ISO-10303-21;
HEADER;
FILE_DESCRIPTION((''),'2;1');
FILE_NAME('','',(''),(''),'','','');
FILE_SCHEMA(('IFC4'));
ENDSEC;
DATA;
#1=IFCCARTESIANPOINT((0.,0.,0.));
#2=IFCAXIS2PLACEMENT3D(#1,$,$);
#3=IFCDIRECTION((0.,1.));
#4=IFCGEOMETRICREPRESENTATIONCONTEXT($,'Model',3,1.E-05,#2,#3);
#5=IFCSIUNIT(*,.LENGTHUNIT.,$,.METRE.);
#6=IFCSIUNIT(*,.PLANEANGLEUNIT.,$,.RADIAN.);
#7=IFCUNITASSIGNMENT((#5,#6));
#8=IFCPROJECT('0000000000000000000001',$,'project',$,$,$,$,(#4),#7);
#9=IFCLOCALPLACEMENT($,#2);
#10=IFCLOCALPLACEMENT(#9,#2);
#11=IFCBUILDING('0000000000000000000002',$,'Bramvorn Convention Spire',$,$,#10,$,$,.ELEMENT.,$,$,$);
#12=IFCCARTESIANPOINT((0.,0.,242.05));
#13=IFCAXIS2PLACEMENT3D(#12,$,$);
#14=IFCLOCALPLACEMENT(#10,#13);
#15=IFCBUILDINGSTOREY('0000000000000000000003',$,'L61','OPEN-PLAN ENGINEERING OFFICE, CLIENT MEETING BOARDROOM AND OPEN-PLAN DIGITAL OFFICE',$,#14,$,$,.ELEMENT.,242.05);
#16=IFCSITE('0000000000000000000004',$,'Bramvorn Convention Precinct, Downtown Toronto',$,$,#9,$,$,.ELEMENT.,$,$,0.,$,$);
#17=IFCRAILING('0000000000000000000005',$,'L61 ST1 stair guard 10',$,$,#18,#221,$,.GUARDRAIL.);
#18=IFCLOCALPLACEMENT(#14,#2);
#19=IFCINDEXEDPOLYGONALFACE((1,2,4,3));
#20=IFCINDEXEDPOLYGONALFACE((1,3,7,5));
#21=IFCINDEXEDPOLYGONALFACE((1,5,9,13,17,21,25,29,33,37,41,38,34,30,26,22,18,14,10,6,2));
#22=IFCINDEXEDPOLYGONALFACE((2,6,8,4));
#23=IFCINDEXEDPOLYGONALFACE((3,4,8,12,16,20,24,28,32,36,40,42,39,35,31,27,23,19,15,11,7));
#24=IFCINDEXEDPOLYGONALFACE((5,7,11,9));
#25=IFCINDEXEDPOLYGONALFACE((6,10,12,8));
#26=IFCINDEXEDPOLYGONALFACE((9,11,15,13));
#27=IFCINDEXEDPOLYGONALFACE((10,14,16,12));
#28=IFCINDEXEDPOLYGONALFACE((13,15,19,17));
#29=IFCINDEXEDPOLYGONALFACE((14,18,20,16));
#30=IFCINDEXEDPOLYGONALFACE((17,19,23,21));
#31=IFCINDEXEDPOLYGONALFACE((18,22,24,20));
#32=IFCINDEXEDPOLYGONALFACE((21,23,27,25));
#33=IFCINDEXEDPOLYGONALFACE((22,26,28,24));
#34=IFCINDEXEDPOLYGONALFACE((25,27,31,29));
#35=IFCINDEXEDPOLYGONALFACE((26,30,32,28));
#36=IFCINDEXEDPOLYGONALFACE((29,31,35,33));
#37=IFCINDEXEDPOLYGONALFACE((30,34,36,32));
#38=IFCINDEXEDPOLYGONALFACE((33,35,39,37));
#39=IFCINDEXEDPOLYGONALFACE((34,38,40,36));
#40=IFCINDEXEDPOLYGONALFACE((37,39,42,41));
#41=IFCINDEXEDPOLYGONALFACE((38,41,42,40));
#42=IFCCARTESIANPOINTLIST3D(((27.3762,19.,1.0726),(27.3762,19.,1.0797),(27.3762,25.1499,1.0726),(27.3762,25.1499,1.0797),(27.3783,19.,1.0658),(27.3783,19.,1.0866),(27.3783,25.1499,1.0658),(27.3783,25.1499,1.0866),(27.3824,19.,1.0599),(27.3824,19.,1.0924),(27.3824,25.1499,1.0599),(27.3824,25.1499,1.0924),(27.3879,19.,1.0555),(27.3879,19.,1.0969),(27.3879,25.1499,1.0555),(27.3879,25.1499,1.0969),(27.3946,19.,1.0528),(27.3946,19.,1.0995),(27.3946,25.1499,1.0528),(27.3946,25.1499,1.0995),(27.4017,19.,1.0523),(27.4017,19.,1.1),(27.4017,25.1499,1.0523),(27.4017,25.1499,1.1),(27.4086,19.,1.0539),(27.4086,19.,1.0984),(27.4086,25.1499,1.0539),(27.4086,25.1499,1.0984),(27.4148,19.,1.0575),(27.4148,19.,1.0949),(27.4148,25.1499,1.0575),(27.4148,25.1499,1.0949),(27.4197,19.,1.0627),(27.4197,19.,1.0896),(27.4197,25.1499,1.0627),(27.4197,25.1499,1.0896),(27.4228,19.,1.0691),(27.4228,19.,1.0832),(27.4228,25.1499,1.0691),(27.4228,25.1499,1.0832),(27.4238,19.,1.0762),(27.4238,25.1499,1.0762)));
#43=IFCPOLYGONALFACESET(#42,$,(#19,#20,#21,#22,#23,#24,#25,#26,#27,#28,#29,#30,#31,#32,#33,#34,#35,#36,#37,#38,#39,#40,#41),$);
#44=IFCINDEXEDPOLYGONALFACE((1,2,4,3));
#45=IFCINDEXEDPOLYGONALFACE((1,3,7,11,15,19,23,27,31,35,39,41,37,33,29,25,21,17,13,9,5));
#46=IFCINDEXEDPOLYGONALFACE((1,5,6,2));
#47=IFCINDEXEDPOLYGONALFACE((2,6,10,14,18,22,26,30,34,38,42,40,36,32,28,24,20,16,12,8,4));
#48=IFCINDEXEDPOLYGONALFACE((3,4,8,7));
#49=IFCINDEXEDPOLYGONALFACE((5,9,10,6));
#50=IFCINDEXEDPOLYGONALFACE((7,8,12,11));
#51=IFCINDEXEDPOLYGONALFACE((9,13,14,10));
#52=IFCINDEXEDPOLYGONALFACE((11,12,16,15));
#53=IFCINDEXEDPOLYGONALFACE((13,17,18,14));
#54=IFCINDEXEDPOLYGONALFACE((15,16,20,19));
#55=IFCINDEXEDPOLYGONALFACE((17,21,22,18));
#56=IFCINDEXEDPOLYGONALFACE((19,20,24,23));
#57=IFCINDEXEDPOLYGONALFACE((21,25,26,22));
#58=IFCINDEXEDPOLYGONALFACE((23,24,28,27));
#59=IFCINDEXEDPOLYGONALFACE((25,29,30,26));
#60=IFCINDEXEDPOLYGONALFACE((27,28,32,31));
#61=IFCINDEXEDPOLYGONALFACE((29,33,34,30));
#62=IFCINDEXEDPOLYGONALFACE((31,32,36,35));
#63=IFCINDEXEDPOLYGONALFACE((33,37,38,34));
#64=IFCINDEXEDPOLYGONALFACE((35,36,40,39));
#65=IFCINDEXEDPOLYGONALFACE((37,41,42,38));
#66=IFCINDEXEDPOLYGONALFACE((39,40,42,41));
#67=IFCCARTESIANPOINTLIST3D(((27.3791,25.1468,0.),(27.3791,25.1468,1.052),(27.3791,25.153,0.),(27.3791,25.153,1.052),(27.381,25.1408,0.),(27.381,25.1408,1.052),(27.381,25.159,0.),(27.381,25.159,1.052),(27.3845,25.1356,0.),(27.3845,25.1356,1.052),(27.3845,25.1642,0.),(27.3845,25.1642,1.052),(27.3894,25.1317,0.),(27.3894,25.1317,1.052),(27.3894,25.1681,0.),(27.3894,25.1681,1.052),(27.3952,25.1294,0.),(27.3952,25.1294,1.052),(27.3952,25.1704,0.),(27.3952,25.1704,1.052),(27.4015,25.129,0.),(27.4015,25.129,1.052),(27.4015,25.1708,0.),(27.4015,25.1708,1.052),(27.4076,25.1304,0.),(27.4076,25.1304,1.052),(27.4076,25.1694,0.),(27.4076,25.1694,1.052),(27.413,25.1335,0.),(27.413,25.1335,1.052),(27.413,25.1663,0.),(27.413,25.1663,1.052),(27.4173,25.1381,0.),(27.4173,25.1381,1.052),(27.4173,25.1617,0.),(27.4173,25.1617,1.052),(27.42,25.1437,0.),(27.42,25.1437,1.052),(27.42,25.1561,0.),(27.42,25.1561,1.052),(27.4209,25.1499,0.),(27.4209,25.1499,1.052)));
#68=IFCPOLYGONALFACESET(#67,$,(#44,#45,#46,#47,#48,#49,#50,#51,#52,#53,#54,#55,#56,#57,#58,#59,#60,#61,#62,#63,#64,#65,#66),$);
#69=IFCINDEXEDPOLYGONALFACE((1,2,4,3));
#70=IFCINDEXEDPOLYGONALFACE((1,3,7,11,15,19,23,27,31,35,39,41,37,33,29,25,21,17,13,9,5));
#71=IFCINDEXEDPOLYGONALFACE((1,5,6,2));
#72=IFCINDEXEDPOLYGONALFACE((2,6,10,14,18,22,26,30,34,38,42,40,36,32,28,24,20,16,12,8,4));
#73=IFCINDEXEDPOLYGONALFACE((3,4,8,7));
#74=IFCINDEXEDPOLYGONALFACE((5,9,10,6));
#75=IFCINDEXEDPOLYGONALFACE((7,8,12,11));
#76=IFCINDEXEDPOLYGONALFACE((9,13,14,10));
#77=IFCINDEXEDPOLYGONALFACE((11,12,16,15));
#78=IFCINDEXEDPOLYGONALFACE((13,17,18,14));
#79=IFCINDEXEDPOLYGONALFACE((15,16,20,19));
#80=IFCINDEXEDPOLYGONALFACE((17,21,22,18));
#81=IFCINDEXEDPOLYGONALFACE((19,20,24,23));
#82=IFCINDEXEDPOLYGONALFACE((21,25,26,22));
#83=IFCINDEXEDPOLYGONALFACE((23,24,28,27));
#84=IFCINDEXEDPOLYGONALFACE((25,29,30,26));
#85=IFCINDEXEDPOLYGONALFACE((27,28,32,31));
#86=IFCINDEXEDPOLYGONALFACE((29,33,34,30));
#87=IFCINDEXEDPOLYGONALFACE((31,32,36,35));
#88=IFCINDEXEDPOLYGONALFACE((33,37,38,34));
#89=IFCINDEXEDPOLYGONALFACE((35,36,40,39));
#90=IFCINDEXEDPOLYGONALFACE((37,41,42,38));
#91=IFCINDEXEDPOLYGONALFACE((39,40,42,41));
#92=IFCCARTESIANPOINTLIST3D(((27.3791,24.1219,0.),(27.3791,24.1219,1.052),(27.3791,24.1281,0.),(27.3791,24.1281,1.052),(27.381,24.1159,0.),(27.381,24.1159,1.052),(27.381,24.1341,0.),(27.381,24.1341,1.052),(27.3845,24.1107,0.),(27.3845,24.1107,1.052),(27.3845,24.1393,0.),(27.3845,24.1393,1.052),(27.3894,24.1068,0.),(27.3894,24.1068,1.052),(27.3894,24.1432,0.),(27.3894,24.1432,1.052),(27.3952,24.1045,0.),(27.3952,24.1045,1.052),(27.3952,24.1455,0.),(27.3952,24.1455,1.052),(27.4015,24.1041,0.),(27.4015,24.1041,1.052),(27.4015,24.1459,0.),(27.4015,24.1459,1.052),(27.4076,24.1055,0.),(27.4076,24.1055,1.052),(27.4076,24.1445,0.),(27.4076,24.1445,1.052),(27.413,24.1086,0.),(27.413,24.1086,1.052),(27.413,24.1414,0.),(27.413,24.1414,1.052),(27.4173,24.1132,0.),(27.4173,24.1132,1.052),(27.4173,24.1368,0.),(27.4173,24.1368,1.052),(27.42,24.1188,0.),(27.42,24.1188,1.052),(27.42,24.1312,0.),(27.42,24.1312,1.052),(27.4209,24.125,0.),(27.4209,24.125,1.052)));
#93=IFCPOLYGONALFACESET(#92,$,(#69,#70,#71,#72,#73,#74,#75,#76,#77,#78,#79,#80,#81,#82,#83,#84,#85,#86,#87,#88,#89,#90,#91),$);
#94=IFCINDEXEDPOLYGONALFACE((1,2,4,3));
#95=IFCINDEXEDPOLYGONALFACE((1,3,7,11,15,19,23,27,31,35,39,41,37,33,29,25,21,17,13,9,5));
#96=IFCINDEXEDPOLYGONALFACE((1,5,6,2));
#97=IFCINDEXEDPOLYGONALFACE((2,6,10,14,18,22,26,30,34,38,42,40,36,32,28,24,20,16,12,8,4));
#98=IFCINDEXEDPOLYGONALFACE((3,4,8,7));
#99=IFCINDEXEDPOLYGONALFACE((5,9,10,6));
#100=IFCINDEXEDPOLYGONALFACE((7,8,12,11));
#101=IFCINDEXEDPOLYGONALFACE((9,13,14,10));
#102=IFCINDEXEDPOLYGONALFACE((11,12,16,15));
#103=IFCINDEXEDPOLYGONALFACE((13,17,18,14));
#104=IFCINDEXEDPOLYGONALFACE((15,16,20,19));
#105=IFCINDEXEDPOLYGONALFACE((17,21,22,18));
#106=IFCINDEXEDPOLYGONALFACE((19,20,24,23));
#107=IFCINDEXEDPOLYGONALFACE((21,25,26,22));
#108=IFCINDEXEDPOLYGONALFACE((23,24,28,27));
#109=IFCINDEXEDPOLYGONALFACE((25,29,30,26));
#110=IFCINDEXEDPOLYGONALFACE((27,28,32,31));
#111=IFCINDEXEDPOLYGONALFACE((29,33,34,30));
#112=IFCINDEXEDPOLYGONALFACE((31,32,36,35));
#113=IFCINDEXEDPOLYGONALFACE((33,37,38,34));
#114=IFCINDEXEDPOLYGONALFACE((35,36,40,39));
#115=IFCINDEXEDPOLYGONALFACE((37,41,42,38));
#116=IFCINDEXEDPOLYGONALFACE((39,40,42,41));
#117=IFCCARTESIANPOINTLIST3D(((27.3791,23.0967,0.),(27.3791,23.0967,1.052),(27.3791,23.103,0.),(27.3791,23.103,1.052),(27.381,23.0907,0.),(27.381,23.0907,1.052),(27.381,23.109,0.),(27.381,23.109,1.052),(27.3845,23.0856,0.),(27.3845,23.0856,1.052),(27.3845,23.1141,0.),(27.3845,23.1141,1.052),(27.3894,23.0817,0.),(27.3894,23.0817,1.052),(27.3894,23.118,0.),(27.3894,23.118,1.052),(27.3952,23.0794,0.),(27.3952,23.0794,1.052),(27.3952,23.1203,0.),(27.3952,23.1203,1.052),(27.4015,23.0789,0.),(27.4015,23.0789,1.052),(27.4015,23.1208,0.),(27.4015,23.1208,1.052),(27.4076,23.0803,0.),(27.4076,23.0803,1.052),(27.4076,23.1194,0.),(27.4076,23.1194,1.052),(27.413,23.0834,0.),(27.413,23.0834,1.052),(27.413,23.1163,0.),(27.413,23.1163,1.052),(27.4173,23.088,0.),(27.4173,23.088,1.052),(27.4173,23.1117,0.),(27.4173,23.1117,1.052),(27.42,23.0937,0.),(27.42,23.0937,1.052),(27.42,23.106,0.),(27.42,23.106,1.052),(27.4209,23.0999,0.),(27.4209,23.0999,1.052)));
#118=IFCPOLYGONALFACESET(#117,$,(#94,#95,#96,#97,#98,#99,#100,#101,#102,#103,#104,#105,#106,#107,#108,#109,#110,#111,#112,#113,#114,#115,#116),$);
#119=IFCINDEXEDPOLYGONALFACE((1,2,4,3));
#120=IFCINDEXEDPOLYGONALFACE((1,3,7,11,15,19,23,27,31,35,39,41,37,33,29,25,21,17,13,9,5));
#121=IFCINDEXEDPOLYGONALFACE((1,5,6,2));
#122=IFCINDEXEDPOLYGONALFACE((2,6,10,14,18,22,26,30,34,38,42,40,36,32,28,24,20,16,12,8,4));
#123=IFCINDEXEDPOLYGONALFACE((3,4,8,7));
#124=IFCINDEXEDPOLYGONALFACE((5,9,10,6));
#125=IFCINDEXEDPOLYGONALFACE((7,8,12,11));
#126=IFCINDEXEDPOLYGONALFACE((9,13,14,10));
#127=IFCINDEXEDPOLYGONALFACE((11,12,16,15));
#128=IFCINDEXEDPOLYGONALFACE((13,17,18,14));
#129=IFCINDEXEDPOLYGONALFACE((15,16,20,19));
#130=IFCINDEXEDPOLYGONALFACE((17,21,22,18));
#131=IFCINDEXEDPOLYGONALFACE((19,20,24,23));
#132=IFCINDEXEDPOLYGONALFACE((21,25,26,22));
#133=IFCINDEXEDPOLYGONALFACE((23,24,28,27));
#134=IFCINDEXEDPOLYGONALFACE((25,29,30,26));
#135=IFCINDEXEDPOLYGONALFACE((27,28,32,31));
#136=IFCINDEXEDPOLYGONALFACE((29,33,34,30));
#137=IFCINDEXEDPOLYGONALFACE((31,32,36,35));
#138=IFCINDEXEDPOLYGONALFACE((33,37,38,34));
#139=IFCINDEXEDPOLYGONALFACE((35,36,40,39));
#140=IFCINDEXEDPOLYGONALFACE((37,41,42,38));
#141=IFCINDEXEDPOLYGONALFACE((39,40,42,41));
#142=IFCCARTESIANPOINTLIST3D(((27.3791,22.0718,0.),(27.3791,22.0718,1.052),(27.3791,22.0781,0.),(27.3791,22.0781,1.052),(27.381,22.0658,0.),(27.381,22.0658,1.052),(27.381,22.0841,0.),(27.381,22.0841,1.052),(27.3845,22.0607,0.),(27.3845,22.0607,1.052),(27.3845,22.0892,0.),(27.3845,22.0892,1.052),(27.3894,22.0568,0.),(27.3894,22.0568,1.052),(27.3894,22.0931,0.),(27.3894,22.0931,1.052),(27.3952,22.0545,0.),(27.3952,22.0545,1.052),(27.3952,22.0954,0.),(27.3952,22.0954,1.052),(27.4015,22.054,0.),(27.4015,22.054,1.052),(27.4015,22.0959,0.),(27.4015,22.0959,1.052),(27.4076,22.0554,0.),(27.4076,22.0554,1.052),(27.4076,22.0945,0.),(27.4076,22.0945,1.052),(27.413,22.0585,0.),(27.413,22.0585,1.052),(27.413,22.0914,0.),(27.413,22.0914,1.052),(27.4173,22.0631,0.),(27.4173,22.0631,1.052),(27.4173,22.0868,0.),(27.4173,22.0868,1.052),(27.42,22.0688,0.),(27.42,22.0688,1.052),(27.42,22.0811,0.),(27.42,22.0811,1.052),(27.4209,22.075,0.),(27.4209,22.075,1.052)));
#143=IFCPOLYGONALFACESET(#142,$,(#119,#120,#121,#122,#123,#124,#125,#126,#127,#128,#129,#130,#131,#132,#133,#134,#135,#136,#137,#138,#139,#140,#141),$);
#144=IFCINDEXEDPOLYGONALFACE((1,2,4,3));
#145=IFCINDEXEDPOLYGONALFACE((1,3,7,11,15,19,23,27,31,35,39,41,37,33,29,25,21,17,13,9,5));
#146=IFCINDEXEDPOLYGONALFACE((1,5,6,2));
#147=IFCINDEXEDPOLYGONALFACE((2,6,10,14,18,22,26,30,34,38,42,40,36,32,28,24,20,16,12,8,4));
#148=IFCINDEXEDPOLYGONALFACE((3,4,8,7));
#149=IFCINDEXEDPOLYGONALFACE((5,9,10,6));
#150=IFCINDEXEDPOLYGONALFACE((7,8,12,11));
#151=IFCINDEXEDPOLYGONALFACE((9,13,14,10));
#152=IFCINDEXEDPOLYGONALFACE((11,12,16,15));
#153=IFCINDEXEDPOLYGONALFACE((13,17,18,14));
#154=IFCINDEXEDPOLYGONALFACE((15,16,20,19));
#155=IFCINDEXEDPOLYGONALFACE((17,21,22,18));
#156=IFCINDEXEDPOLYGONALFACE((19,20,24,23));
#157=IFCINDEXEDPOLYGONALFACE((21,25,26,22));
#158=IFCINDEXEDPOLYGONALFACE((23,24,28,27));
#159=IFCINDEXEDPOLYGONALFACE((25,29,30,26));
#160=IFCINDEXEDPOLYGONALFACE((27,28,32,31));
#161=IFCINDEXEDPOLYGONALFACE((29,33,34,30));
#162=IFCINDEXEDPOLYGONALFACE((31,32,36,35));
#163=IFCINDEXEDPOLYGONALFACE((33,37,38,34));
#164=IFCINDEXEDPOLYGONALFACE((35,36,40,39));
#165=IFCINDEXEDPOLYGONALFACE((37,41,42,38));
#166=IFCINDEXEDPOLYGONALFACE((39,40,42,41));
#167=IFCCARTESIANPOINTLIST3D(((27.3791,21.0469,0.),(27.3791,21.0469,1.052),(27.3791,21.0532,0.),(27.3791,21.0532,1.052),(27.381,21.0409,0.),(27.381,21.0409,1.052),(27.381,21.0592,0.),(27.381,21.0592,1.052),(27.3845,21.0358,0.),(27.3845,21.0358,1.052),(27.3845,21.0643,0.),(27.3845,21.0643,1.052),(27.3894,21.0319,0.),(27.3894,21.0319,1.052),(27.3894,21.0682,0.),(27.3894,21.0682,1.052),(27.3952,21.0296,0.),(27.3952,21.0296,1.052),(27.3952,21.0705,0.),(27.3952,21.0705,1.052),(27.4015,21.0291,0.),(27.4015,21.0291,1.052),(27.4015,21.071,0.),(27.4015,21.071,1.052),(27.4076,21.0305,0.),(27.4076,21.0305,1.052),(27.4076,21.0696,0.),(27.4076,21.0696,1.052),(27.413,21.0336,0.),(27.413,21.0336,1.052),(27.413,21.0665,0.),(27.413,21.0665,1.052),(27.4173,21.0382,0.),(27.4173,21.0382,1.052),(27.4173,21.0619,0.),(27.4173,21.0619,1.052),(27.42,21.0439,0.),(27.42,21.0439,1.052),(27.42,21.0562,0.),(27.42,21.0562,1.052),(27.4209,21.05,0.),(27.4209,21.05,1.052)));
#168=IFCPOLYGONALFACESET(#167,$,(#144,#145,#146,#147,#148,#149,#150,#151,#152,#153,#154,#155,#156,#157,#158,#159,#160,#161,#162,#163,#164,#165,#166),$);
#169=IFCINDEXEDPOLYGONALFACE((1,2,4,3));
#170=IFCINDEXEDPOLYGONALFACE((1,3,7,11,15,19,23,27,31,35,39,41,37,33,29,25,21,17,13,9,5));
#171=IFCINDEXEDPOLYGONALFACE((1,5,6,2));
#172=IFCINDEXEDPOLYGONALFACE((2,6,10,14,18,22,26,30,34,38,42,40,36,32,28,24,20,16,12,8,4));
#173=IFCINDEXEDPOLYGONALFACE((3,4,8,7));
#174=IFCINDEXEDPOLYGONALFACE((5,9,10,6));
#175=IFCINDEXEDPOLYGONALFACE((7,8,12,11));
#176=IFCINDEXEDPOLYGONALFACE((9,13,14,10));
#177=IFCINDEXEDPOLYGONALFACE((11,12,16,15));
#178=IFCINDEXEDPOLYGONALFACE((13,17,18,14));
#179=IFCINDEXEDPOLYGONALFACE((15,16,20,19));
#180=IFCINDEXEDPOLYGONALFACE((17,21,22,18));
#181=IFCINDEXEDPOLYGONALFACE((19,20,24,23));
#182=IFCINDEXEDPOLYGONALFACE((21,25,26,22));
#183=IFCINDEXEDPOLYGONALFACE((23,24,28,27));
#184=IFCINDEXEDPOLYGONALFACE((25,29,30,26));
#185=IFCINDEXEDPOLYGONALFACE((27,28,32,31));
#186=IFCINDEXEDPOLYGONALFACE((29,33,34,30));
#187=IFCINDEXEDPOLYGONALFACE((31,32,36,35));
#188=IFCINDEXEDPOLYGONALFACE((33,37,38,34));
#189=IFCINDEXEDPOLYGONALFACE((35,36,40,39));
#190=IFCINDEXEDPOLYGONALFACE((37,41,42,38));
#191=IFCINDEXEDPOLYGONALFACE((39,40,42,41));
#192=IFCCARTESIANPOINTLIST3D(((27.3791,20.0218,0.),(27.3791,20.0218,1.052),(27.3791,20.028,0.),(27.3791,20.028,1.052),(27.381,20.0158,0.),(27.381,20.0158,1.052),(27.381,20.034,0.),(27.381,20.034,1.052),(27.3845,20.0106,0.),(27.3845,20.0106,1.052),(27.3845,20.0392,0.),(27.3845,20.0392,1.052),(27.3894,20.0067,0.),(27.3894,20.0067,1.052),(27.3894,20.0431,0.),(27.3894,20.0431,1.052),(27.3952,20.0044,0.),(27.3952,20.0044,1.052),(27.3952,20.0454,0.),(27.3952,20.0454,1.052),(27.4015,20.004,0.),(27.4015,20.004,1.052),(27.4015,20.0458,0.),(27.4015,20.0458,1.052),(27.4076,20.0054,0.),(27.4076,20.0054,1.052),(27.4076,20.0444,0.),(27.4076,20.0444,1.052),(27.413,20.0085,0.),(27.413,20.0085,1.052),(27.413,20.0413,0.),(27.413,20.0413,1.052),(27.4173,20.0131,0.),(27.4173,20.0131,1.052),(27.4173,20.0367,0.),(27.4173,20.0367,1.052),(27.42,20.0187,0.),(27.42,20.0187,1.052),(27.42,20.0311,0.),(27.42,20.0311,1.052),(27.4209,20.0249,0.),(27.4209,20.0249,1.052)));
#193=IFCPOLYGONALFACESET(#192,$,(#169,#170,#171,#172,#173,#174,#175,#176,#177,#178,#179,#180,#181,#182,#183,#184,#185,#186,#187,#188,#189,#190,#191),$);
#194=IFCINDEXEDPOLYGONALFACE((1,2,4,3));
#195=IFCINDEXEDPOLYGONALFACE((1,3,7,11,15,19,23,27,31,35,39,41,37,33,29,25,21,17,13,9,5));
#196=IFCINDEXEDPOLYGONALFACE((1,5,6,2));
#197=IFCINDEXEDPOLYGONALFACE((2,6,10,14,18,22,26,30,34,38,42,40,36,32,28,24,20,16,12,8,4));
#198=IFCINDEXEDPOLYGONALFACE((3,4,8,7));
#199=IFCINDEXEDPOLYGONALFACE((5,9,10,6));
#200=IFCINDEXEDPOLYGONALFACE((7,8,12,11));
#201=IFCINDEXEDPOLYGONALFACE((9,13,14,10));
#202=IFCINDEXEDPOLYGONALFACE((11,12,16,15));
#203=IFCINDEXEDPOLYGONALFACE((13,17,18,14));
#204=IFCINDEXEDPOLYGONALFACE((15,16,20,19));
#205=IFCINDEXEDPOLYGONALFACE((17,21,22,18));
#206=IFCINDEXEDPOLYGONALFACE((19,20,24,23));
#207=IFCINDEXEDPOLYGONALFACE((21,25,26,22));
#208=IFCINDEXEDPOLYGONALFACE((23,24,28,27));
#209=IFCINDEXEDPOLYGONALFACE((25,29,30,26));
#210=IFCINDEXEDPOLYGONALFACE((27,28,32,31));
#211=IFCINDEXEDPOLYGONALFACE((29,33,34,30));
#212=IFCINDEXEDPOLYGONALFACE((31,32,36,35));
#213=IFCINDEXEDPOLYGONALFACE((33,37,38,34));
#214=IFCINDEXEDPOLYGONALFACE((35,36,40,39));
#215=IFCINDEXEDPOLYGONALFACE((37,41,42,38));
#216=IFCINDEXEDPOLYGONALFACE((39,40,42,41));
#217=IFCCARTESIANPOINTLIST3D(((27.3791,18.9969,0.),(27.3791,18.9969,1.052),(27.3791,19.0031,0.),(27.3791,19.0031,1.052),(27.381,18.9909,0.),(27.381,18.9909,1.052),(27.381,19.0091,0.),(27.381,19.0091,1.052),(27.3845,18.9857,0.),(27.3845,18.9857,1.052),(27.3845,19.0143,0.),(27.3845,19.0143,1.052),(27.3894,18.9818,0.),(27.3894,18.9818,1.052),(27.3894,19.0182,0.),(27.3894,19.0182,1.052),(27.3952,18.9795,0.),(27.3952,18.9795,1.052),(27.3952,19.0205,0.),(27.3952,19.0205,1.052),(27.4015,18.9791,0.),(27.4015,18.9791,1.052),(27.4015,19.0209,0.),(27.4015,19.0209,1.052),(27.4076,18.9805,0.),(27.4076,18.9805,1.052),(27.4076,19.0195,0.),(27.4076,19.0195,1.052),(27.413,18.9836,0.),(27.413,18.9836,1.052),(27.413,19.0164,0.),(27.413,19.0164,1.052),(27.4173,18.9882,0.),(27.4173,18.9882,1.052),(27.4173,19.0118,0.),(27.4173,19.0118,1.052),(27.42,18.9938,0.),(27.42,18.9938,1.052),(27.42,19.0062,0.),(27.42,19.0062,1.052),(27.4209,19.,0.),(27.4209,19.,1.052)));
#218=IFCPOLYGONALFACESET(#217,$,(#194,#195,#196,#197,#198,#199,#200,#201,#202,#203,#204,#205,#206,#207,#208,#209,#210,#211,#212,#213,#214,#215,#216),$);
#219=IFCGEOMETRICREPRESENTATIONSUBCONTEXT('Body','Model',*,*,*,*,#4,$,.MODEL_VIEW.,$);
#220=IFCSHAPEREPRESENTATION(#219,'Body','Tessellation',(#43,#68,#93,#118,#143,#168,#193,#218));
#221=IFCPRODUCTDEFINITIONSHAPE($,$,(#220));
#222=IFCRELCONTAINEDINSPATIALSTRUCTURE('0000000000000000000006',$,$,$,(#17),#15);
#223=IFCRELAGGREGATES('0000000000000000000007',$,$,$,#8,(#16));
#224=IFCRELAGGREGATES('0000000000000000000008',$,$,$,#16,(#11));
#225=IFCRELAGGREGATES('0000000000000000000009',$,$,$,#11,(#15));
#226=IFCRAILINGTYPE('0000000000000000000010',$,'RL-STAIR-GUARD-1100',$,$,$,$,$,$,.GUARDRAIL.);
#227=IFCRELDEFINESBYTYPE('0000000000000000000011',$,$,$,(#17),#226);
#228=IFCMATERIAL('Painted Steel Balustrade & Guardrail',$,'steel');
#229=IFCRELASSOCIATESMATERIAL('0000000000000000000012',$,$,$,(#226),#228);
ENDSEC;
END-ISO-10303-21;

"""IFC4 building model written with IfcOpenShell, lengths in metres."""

from ifc_helpers import new_model, si_unit, direction, frame, origin, origin_2d, place, context, subcontext, project, spatial, circle, extrude, material, type_object, element, save


model = new_model("IFC4")

# Units and contexts
model_context = context("Model", 3, precision=1e-05, world=origin(), true_north=direction((0.0, 1.0)))
body_context = subcontext(model_context, "Body", "Model", "MODEL_VIEW")
ifc_project = project(units=[si_unit("LENGTHUNIT", "METRE"), si_unit("PLANEANGLEUNIT", "RADIAN")], contexts=[model_context])

# Site, building, storey
site_placement = place(None, origin())
site = spatial("IfcSite", under=ifc_project, at=site_placement, Name="Bramvorn Convention Precinct, Downtown Toronto", CompositionType="ELEMENT", RefElevation=0.0)
building_placement = place(site_placement, origin())
building = spatial("IfcBuilding", under=site, at=building_placement, Name="Bramvorn Convention Spire", CompositionType="ELEMENT")
storey_placement = place(building_placement, frame((0.0, 0.0, 242.05)))
storey = spatial("IfcBuildingStorey", under=building, at=storey_placement, Name="L61", Description="OPEN-PLAN ENGINEERING OFFICE, CLIENT MEETING BOARDROOM AND OPEN-PLAN DIGITAL OFFICE", CompositionType="ELEMENT", Elevation=242.05)

# Railing
ifc_material_1 = material(Name="Painted Steel Balustrade & Guardrail", Category="steel")
railing_type_1 = type_object("IfcRailingType", Name="RL-STAIR-GUARD-1100", PredefinedType="GUARDRAIL", material=ifc_material_1)
railing_1_placement = place(storey_placement, frame((27.3999, 25.1499, 0.0)))
element("IfcRailing", 1, at=railing_1_placement, inside=storey, type_object=railing_type_1, Name="L61 ST1 stair guard 10", PredefinedType="GUARDRAIL", context=body_context, shape_type="SweptSolid", body=[
    extrude(circle(Radius=0.0239, at=origin_2d()), frame((0.0, 0.0, 1.0762), z_axis=(0.0, -1.0, 0.0), x_axis=(1.0, 0.0, 0.0)), (0.0, 0.0, 1.0), 6.1499),
    extrude(circle(Radius=0.021, at=origin_2d()), origin(), (0.0, 0.0, 1.0), 1.052),
    extrude(circle(Radius=0.021, at=origin_2d()), frame((0.0, -1.0249, 0.0)), (0.0, 0.0, 1.0), 1.052),
    extrude(circle(Radius=0.021, at=origin_2d()), frame((0.0, -2.05, 0.0)), (0.0, 0.0, 1.0), 1.052),
    extrude(circle(Radius=0.021, at=origin_2d()), frame((0.0, -3.075, 0.0)), (0.0, 0.0, 1.0), 1.052),
    extrude(circle(Radius=0.021, at=origin_2d()), frame((0.0, -4.0999, 0.0)), (0.0, 0.0, 1.0), 1.052),
    extrude(circle(Radius=0.021, at=origin_2d()), frame((0.0, -5.125, 0.0)), (0.0, 0.0, 1.0), 1.052),
    extrude(circle(Radius=0.021, at=origin_2d()), frame((0.0, -6.1499, 0.0)), (0.0, 0.0, 1.0), 1.052),
])

save(model, "model.ifc")
